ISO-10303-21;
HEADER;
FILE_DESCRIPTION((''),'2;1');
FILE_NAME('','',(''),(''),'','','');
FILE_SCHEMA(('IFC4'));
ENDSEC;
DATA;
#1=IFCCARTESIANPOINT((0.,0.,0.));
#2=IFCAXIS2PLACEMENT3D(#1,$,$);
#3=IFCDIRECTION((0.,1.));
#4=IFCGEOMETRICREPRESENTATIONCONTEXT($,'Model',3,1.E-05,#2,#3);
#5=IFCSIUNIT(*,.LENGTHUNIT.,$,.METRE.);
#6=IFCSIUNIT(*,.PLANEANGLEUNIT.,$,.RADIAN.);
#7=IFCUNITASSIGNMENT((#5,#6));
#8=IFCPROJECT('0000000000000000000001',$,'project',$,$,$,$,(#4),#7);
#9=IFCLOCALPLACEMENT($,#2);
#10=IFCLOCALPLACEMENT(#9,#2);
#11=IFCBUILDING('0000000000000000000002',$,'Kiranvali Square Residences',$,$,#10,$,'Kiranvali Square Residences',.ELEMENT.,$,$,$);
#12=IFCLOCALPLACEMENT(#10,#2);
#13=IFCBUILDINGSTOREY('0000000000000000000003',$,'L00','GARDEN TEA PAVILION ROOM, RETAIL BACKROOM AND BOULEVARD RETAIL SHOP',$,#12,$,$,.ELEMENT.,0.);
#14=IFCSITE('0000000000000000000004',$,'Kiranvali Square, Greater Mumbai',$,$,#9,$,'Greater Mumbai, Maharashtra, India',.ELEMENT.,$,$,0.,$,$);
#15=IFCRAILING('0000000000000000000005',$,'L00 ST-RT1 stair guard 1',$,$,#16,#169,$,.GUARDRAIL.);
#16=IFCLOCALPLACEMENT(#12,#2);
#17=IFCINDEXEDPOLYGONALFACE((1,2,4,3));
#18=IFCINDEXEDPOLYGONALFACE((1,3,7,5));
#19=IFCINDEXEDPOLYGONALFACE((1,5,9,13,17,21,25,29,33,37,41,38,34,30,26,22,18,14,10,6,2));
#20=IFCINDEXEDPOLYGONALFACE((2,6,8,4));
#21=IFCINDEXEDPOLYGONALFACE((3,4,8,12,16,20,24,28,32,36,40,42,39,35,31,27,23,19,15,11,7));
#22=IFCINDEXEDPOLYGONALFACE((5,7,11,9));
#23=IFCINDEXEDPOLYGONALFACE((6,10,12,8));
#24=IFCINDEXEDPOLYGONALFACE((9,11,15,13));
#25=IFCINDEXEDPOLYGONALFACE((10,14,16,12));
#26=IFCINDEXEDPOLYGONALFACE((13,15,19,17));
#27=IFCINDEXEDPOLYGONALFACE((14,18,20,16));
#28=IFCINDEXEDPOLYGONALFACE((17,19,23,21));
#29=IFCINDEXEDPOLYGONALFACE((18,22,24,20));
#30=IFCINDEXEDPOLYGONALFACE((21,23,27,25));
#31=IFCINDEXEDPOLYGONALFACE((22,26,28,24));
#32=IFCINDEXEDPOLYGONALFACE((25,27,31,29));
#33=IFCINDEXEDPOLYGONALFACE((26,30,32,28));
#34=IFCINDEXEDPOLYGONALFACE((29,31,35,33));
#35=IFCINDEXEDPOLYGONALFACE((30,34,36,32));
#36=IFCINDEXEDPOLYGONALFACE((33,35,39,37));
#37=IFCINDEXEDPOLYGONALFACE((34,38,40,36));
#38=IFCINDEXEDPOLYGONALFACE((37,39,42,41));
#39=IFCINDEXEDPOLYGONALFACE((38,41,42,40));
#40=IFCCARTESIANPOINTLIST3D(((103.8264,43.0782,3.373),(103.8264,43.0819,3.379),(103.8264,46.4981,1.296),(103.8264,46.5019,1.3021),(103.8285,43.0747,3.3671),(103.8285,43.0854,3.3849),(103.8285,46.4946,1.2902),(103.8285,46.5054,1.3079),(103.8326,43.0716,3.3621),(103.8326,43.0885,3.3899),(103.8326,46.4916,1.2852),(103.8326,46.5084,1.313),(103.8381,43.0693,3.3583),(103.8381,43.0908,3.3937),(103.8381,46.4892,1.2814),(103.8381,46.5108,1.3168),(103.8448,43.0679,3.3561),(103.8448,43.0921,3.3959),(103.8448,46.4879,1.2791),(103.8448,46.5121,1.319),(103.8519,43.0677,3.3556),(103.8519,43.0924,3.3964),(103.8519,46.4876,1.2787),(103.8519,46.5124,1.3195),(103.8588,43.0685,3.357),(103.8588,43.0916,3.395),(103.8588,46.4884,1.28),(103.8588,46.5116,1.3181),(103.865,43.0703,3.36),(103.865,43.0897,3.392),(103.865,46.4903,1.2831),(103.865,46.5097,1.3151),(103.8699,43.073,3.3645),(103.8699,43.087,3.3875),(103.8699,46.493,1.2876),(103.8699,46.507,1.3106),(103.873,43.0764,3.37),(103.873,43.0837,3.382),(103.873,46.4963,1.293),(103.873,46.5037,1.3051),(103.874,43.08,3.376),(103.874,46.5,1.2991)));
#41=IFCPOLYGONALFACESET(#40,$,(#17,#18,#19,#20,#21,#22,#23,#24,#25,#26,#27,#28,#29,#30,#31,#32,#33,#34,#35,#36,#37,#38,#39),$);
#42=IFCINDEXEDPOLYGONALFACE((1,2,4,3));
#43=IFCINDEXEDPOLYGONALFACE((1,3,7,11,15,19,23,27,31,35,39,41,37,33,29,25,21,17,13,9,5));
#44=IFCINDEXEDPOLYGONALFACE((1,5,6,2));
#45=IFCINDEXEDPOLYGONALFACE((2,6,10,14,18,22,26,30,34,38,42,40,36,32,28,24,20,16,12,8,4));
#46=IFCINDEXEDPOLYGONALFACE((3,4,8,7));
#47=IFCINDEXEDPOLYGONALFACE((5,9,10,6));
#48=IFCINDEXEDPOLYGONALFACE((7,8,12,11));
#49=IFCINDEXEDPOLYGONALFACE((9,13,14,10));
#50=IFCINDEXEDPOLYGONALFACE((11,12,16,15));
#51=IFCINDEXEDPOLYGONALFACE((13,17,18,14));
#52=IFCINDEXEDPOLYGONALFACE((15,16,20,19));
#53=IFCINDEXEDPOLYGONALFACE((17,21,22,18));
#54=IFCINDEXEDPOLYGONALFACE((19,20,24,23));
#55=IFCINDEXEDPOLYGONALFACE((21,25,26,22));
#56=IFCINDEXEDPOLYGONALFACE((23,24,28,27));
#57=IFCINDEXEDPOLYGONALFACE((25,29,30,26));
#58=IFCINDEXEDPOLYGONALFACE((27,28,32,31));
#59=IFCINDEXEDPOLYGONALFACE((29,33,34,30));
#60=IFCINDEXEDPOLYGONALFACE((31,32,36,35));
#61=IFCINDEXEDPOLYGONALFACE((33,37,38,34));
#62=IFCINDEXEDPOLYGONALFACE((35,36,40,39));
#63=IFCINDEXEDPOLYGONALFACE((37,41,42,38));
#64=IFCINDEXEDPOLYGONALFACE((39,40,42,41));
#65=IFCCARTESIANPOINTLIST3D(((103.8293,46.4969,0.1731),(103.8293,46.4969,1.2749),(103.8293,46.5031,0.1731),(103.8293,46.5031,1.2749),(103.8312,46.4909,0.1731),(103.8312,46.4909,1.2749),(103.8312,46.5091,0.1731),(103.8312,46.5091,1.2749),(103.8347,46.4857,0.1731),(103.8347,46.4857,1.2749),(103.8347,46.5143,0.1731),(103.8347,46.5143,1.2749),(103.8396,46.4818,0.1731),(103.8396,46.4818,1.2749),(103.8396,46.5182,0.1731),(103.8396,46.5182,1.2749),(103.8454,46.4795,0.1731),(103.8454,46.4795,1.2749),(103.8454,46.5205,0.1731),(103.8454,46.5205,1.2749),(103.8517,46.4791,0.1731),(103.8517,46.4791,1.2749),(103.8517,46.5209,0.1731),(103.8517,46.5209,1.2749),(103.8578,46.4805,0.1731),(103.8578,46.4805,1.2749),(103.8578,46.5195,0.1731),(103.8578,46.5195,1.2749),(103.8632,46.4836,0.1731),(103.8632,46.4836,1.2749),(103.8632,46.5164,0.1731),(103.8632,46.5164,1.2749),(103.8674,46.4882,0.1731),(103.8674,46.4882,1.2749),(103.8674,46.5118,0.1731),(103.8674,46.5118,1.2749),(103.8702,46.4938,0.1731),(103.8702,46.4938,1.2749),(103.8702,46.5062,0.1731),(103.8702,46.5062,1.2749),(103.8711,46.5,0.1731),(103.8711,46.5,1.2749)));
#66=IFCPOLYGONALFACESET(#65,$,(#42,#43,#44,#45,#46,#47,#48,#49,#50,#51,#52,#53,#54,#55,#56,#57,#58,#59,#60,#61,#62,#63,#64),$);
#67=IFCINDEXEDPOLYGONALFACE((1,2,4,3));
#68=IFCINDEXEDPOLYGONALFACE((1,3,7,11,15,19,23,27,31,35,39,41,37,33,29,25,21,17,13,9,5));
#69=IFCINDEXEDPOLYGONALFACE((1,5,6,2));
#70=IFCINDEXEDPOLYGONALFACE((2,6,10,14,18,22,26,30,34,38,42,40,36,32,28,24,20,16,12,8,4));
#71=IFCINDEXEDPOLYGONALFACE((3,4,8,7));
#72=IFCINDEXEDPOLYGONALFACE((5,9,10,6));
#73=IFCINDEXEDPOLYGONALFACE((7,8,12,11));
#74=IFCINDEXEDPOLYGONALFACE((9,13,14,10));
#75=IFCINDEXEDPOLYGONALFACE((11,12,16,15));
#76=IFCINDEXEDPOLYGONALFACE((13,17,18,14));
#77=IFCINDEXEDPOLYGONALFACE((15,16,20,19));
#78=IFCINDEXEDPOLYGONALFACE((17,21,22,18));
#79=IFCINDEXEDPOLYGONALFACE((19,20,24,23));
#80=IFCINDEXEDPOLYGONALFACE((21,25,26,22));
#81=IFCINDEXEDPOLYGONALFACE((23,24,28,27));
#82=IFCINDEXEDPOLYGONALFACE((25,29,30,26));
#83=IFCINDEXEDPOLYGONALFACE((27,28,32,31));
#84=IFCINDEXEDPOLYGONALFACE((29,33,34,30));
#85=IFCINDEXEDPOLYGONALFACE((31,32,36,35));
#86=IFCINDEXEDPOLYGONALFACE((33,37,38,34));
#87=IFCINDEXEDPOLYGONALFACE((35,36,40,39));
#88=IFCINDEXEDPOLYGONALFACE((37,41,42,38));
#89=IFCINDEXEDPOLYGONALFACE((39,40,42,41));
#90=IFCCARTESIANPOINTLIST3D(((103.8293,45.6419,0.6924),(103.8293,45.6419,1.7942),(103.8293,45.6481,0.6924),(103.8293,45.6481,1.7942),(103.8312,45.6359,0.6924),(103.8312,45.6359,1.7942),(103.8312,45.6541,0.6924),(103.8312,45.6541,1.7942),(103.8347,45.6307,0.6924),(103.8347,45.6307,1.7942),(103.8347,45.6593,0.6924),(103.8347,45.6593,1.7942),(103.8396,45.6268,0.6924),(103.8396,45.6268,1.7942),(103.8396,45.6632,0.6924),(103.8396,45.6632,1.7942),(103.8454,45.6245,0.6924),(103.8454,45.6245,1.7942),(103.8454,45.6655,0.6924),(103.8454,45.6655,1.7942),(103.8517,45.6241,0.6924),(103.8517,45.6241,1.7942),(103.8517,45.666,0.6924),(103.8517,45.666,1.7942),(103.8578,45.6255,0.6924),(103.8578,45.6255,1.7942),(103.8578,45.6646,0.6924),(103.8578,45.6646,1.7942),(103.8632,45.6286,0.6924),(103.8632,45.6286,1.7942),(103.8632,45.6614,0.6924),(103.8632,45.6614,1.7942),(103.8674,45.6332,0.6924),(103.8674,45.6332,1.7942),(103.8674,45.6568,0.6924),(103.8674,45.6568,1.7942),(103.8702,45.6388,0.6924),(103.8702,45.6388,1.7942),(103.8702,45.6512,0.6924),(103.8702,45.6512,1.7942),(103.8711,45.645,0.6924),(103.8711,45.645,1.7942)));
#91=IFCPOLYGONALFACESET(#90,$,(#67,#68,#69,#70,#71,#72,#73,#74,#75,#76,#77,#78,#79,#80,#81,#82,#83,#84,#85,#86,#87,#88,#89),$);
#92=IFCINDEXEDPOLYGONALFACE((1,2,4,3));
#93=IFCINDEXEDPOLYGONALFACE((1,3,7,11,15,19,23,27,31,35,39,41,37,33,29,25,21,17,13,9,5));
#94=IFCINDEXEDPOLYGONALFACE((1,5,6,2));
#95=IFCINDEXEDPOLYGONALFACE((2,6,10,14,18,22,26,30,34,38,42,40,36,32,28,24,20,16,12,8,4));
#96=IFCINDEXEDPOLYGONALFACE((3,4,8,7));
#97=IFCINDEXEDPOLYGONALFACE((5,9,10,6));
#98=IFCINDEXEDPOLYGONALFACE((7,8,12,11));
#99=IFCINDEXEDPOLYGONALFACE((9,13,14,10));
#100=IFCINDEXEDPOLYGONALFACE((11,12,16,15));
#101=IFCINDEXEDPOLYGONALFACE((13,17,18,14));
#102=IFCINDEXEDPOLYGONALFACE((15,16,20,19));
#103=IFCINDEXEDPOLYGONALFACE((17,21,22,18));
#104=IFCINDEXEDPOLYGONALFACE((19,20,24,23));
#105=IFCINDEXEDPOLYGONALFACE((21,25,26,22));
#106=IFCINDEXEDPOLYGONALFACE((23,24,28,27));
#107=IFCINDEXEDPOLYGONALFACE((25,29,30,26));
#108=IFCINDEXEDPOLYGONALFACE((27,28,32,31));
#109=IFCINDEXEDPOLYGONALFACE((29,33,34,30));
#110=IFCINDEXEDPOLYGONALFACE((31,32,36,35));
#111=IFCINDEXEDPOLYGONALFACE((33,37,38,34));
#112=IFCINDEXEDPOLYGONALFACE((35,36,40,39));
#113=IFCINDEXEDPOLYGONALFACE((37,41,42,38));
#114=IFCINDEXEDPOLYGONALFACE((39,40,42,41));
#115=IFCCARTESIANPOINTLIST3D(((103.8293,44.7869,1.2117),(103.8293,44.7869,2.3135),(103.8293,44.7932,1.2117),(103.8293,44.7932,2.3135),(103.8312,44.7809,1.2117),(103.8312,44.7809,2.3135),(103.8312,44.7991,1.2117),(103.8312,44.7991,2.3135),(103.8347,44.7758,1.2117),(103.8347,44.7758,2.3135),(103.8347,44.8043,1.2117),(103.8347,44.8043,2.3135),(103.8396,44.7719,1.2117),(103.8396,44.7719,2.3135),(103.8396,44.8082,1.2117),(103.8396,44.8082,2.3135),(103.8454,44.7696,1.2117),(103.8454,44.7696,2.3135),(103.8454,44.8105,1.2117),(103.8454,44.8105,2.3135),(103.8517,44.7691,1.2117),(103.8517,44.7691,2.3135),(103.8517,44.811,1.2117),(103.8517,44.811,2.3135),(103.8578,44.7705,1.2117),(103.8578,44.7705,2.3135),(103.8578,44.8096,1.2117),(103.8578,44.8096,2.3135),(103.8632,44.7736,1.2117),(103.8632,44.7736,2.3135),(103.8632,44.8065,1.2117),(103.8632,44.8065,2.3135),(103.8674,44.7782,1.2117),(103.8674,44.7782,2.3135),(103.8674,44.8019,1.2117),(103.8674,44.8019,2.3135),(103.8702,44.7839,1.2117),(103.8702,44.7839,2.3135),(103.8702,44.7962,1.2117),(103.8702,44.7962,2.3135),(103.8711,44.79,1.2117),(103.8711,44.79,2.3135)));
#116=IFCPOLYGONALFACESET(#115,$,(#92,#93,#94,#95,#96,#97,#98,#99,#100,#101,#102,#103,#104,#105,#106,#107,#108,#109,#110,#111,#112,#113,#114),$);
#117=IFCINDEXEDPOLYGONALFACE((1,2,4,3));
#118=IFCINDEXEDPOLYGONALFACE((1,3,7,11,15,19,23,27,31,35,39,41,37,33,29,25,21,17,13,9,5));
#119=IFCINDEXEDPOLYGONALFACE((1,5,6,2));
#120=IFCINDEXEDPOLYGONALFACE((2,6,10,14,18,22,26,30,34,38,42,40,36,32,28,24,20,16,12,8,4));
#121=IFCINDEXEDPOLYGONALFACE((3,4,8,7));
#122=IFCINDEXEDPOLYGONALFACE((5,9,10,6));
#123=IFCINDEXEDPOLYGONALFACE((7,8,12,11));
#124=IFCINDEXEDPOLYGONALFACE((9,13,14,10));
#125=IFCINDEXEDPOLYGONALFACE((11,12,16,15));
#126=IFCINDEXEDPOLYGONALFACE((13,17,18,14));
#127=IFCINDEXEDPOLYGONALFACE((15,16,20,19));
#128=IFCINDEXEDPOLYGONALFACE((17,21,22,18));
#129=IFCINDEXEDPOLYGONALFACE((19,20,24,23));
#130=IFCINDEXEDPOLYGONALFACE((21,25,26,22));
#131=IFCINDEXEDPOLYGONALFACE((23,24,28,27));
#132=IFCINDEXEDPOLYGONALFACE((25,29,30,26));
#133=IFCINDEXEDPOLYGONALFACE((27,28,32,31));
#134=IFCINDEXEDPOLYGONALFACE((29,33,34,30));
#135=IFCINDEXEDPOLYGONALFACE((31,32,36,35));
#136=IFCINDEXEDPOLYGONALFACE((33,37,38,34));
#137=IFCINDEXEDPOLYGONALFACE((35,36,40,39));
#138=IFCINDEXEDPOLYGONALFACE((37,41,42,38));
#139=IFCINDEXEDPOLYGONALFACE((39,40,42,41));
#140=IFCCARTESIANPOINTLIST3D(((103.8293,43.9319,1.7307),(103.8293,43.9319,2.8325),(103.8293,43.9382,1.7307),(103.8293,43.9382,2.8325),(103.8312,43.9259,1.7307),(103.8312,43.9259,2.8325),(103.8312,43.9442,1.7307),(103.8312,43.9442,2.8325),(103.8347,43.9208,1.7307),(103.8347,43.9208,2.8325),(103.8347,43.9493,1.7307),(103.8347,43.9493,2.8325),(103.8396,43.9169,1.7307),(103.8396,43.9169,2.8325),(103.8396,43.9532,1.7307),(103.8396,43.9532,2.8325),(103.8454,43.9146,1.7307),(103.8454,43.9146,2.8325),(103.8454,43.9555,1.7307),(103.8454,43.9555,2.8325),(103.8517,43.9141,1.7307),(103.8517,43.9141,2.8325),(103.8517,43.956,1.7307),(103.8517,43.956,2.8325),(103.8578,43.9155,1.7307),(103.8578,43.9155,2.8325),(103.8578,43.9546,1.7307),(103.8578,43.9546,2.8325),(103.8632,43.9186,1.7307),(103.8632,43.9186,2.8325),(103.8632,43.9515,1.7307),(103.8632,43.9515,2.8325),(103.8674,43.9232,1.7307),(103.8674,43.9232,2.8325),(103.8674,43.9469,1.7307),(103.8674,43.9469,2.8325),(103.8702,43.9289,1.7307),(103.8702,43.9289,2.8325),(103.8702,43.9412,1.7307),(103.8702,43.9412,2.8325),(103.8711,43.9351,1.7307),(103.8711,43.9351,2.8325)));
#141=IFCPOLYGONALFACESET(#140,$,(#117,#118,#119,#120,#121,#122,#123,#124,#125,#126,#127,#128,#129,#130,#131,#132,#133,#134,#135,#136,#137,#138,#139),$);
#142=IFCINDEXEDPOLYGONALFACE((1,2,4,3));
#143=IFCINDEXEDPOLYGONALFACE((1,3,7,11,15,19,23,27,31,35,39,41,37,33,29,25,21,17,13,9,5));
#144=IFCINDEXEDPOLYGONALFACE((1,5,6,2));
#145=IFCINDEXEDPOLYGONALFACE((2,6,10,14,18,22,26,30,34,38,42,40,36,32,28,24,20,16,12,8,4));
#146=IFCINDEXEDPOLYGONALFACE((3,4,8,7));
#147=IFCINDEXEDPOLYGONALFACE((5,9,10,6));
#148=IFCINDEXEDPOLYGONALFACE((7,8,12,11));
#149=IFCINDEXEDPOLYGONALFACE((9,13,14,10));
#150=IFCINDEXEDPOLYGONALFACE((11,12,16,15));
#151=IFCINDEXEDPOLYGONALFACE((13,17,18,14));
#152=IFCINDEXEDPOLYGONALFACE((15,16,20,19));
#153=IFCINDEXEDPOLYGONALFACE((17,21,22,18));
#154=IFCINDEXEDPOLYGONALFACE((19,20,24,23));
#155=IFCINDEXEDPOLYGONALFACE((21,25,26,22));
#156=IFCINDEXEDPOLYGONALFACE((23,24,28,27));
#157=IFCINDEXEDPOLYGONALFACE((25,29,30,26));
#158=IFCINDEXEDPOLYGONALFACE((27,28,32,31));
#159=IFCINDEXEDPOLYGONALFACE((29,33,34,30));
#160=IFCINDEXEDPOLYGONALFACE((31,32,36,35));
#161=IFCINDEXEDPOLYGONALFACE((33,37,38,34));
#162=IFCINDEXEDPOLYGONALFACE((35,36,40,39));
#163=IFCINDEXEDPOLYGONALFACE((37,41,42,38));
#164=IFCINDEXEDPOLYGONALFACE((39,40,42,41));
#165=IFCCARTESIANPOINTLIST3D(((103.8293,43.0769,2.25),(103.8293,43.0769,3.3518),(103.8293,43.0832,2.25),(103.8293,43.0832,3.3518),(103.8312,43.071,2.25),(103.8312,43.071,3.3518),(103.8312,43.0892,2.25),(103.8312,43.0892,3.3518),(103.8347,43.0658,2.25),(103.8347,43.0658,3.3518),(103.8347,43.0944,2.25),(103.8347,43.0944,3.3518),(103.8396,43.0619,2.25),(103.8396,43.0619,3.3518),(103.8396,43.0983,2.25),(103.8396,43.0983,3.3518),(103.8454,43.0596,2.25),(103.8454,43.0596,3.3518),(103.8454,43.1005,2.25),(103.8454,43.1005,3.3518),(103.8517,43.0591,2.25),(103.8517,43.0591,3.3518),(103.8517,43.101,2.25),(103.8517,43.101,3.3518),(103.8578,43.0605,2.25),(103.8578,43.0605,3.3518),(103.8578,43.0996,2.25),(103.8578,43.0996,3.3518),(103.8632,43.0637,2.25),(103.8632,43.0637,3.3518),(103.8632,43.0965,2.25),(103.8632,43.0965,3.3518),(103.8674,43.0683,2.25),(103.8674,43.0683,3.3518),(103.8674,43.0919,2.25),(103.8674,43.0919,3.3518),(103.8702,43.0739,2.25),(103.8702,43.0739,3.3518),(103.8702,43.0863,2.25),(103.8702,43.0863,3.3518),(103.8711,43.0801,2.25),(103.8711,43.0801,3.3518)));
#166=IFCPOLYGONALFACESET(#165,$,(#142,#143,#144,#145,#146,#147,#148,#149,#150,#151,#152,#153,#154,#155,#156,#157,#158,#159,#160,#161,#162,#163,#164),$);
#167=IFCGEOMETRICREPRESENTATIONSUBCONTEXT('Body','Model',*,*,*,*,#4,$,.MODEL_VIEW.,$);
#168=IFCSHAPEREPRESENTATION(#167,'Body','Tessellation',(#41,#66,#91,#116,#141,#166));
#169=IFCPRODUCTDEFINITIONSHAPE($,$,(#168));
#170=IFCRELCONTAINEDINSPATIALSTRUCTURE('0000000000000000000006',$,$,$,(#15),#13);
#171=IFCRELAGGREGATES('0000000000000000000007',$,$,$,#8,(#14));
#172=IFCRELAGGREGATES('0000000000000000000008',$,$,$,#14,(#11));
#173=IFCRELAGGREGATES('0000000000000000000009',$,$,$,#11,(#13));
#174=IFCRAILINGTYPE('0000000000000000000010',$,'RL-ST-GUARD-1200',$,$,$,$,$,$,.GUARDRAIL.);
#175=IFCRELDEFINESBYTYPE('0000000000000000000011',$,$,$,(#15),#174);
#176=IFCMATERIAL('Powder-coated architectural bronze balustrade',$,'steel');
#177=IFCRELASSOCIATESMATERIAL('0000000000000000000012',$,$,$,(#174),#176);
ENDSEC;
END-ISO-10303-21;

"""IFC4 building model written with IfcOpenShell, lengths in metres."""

from ifc_helpers import new_model, si_unit, direction, frame, origin, origin_2d, place, context, subcontext, project, spatial, circle, extrude, material, type_object, element, save


model = new_model("IFC4")

# Units and contexts
model_context = context("Model", 3, precision=1e-05, world=origin(), true_north=direction((0.0, 1.0)))
body_context = subcontext(model_context, "Body", "Model", "MODEL_VIEW")
ifc_project = project(units=[si_unit("LENGTHUNIT", "METRE"), si_unit("PLANEANGLEUNIT", "RADIAN")], contexts=[model_context])

# Site, building, storey
site_placement = place(None, origin())
site = spatial("IfcSite", under=ifc_project, at=site_placement, Name="Kiranvali Square, Greater Mumbai", LongName="Greater Mumbai, Maharashtra, India", CompositionType="ELEMENT", RefElevation=0.0)
building_placement = place(site_placement, origin())
building = spatial("IfcBuilding", under=site, at=building_placement, Name="Kiranvali Square Residences", LongName="Kiranvali Square Residences", CompositionType="ELEMENT")
storey_placement = place(building_placement, origin())
storey = spatial("IfcBuildingStorey", under=building, at=storey_placement, Name="L00", Description="GARDEN TEA PAVILION ROOM, RETAIL BACKROOM AND BOULEVARD RETAIL SHOP", CompositionType="ELEMENT", Elevation=0.0)

# Railing
ifc_material_1 = material(Name="Powder-coated architectural bronze balustrade", Category="steel")
railing_type_1 = type_object("IfcRailingType", Name="RL-ST-GUARD-1200", PredefinedType="GUARDRAIL", material=ifc_material_1)
railing_1_placement = place(storey_placement, frame((103.8501, 46.5, 0.1731)))
element("IfcRailing", 1, at=railing_1_placement, inside=storey, type_object=railing_type_1, Name="L00 ST-RT1 stair guard 1", PredefinedType="GUARDRAIL", context=body_context, shape_type="SweptSolid", body=[
    extrude(circle(Radius=0.0239, at=origin_2d()), frame((0.0, 0.0, 1.126), z_axis=(0.0, -0.85473, 0.519074), x_axis=(1.0, 0.0, 0.0)), (0.0, 0.0, 1.0), 4.0012),
    extrude(circle(Radius=0.021, at=origin_2d()), origin(), (0.0, 0.0, 1.0), 1.1018),
    extrude(circle(Radius=0.021, at=origin_2d()), frame((0.0, -0.855, 0.5193)), (0.0, 0.0, 1.0), 1.1018),
    extrude(circle(Radius=0.021, at=origin_2d()), frame((0.0, -1.71, 1.0386)), (0.0, 0.0, 1.0), 1.1018),
    extrude(circle(Radius=0.021, at=origin_2d()), frame((0.0, -2.5649, 1.5576)), (0.0, 0.0, 1.0), 1.1018),
    extrude(circle(Radius=0.021, at=origin_2d()), frame((0.0, -3.4199, 2.0769)), (0.0, 0.0, 1.0), 1.1018),
])

save(model, "model.ifc")
